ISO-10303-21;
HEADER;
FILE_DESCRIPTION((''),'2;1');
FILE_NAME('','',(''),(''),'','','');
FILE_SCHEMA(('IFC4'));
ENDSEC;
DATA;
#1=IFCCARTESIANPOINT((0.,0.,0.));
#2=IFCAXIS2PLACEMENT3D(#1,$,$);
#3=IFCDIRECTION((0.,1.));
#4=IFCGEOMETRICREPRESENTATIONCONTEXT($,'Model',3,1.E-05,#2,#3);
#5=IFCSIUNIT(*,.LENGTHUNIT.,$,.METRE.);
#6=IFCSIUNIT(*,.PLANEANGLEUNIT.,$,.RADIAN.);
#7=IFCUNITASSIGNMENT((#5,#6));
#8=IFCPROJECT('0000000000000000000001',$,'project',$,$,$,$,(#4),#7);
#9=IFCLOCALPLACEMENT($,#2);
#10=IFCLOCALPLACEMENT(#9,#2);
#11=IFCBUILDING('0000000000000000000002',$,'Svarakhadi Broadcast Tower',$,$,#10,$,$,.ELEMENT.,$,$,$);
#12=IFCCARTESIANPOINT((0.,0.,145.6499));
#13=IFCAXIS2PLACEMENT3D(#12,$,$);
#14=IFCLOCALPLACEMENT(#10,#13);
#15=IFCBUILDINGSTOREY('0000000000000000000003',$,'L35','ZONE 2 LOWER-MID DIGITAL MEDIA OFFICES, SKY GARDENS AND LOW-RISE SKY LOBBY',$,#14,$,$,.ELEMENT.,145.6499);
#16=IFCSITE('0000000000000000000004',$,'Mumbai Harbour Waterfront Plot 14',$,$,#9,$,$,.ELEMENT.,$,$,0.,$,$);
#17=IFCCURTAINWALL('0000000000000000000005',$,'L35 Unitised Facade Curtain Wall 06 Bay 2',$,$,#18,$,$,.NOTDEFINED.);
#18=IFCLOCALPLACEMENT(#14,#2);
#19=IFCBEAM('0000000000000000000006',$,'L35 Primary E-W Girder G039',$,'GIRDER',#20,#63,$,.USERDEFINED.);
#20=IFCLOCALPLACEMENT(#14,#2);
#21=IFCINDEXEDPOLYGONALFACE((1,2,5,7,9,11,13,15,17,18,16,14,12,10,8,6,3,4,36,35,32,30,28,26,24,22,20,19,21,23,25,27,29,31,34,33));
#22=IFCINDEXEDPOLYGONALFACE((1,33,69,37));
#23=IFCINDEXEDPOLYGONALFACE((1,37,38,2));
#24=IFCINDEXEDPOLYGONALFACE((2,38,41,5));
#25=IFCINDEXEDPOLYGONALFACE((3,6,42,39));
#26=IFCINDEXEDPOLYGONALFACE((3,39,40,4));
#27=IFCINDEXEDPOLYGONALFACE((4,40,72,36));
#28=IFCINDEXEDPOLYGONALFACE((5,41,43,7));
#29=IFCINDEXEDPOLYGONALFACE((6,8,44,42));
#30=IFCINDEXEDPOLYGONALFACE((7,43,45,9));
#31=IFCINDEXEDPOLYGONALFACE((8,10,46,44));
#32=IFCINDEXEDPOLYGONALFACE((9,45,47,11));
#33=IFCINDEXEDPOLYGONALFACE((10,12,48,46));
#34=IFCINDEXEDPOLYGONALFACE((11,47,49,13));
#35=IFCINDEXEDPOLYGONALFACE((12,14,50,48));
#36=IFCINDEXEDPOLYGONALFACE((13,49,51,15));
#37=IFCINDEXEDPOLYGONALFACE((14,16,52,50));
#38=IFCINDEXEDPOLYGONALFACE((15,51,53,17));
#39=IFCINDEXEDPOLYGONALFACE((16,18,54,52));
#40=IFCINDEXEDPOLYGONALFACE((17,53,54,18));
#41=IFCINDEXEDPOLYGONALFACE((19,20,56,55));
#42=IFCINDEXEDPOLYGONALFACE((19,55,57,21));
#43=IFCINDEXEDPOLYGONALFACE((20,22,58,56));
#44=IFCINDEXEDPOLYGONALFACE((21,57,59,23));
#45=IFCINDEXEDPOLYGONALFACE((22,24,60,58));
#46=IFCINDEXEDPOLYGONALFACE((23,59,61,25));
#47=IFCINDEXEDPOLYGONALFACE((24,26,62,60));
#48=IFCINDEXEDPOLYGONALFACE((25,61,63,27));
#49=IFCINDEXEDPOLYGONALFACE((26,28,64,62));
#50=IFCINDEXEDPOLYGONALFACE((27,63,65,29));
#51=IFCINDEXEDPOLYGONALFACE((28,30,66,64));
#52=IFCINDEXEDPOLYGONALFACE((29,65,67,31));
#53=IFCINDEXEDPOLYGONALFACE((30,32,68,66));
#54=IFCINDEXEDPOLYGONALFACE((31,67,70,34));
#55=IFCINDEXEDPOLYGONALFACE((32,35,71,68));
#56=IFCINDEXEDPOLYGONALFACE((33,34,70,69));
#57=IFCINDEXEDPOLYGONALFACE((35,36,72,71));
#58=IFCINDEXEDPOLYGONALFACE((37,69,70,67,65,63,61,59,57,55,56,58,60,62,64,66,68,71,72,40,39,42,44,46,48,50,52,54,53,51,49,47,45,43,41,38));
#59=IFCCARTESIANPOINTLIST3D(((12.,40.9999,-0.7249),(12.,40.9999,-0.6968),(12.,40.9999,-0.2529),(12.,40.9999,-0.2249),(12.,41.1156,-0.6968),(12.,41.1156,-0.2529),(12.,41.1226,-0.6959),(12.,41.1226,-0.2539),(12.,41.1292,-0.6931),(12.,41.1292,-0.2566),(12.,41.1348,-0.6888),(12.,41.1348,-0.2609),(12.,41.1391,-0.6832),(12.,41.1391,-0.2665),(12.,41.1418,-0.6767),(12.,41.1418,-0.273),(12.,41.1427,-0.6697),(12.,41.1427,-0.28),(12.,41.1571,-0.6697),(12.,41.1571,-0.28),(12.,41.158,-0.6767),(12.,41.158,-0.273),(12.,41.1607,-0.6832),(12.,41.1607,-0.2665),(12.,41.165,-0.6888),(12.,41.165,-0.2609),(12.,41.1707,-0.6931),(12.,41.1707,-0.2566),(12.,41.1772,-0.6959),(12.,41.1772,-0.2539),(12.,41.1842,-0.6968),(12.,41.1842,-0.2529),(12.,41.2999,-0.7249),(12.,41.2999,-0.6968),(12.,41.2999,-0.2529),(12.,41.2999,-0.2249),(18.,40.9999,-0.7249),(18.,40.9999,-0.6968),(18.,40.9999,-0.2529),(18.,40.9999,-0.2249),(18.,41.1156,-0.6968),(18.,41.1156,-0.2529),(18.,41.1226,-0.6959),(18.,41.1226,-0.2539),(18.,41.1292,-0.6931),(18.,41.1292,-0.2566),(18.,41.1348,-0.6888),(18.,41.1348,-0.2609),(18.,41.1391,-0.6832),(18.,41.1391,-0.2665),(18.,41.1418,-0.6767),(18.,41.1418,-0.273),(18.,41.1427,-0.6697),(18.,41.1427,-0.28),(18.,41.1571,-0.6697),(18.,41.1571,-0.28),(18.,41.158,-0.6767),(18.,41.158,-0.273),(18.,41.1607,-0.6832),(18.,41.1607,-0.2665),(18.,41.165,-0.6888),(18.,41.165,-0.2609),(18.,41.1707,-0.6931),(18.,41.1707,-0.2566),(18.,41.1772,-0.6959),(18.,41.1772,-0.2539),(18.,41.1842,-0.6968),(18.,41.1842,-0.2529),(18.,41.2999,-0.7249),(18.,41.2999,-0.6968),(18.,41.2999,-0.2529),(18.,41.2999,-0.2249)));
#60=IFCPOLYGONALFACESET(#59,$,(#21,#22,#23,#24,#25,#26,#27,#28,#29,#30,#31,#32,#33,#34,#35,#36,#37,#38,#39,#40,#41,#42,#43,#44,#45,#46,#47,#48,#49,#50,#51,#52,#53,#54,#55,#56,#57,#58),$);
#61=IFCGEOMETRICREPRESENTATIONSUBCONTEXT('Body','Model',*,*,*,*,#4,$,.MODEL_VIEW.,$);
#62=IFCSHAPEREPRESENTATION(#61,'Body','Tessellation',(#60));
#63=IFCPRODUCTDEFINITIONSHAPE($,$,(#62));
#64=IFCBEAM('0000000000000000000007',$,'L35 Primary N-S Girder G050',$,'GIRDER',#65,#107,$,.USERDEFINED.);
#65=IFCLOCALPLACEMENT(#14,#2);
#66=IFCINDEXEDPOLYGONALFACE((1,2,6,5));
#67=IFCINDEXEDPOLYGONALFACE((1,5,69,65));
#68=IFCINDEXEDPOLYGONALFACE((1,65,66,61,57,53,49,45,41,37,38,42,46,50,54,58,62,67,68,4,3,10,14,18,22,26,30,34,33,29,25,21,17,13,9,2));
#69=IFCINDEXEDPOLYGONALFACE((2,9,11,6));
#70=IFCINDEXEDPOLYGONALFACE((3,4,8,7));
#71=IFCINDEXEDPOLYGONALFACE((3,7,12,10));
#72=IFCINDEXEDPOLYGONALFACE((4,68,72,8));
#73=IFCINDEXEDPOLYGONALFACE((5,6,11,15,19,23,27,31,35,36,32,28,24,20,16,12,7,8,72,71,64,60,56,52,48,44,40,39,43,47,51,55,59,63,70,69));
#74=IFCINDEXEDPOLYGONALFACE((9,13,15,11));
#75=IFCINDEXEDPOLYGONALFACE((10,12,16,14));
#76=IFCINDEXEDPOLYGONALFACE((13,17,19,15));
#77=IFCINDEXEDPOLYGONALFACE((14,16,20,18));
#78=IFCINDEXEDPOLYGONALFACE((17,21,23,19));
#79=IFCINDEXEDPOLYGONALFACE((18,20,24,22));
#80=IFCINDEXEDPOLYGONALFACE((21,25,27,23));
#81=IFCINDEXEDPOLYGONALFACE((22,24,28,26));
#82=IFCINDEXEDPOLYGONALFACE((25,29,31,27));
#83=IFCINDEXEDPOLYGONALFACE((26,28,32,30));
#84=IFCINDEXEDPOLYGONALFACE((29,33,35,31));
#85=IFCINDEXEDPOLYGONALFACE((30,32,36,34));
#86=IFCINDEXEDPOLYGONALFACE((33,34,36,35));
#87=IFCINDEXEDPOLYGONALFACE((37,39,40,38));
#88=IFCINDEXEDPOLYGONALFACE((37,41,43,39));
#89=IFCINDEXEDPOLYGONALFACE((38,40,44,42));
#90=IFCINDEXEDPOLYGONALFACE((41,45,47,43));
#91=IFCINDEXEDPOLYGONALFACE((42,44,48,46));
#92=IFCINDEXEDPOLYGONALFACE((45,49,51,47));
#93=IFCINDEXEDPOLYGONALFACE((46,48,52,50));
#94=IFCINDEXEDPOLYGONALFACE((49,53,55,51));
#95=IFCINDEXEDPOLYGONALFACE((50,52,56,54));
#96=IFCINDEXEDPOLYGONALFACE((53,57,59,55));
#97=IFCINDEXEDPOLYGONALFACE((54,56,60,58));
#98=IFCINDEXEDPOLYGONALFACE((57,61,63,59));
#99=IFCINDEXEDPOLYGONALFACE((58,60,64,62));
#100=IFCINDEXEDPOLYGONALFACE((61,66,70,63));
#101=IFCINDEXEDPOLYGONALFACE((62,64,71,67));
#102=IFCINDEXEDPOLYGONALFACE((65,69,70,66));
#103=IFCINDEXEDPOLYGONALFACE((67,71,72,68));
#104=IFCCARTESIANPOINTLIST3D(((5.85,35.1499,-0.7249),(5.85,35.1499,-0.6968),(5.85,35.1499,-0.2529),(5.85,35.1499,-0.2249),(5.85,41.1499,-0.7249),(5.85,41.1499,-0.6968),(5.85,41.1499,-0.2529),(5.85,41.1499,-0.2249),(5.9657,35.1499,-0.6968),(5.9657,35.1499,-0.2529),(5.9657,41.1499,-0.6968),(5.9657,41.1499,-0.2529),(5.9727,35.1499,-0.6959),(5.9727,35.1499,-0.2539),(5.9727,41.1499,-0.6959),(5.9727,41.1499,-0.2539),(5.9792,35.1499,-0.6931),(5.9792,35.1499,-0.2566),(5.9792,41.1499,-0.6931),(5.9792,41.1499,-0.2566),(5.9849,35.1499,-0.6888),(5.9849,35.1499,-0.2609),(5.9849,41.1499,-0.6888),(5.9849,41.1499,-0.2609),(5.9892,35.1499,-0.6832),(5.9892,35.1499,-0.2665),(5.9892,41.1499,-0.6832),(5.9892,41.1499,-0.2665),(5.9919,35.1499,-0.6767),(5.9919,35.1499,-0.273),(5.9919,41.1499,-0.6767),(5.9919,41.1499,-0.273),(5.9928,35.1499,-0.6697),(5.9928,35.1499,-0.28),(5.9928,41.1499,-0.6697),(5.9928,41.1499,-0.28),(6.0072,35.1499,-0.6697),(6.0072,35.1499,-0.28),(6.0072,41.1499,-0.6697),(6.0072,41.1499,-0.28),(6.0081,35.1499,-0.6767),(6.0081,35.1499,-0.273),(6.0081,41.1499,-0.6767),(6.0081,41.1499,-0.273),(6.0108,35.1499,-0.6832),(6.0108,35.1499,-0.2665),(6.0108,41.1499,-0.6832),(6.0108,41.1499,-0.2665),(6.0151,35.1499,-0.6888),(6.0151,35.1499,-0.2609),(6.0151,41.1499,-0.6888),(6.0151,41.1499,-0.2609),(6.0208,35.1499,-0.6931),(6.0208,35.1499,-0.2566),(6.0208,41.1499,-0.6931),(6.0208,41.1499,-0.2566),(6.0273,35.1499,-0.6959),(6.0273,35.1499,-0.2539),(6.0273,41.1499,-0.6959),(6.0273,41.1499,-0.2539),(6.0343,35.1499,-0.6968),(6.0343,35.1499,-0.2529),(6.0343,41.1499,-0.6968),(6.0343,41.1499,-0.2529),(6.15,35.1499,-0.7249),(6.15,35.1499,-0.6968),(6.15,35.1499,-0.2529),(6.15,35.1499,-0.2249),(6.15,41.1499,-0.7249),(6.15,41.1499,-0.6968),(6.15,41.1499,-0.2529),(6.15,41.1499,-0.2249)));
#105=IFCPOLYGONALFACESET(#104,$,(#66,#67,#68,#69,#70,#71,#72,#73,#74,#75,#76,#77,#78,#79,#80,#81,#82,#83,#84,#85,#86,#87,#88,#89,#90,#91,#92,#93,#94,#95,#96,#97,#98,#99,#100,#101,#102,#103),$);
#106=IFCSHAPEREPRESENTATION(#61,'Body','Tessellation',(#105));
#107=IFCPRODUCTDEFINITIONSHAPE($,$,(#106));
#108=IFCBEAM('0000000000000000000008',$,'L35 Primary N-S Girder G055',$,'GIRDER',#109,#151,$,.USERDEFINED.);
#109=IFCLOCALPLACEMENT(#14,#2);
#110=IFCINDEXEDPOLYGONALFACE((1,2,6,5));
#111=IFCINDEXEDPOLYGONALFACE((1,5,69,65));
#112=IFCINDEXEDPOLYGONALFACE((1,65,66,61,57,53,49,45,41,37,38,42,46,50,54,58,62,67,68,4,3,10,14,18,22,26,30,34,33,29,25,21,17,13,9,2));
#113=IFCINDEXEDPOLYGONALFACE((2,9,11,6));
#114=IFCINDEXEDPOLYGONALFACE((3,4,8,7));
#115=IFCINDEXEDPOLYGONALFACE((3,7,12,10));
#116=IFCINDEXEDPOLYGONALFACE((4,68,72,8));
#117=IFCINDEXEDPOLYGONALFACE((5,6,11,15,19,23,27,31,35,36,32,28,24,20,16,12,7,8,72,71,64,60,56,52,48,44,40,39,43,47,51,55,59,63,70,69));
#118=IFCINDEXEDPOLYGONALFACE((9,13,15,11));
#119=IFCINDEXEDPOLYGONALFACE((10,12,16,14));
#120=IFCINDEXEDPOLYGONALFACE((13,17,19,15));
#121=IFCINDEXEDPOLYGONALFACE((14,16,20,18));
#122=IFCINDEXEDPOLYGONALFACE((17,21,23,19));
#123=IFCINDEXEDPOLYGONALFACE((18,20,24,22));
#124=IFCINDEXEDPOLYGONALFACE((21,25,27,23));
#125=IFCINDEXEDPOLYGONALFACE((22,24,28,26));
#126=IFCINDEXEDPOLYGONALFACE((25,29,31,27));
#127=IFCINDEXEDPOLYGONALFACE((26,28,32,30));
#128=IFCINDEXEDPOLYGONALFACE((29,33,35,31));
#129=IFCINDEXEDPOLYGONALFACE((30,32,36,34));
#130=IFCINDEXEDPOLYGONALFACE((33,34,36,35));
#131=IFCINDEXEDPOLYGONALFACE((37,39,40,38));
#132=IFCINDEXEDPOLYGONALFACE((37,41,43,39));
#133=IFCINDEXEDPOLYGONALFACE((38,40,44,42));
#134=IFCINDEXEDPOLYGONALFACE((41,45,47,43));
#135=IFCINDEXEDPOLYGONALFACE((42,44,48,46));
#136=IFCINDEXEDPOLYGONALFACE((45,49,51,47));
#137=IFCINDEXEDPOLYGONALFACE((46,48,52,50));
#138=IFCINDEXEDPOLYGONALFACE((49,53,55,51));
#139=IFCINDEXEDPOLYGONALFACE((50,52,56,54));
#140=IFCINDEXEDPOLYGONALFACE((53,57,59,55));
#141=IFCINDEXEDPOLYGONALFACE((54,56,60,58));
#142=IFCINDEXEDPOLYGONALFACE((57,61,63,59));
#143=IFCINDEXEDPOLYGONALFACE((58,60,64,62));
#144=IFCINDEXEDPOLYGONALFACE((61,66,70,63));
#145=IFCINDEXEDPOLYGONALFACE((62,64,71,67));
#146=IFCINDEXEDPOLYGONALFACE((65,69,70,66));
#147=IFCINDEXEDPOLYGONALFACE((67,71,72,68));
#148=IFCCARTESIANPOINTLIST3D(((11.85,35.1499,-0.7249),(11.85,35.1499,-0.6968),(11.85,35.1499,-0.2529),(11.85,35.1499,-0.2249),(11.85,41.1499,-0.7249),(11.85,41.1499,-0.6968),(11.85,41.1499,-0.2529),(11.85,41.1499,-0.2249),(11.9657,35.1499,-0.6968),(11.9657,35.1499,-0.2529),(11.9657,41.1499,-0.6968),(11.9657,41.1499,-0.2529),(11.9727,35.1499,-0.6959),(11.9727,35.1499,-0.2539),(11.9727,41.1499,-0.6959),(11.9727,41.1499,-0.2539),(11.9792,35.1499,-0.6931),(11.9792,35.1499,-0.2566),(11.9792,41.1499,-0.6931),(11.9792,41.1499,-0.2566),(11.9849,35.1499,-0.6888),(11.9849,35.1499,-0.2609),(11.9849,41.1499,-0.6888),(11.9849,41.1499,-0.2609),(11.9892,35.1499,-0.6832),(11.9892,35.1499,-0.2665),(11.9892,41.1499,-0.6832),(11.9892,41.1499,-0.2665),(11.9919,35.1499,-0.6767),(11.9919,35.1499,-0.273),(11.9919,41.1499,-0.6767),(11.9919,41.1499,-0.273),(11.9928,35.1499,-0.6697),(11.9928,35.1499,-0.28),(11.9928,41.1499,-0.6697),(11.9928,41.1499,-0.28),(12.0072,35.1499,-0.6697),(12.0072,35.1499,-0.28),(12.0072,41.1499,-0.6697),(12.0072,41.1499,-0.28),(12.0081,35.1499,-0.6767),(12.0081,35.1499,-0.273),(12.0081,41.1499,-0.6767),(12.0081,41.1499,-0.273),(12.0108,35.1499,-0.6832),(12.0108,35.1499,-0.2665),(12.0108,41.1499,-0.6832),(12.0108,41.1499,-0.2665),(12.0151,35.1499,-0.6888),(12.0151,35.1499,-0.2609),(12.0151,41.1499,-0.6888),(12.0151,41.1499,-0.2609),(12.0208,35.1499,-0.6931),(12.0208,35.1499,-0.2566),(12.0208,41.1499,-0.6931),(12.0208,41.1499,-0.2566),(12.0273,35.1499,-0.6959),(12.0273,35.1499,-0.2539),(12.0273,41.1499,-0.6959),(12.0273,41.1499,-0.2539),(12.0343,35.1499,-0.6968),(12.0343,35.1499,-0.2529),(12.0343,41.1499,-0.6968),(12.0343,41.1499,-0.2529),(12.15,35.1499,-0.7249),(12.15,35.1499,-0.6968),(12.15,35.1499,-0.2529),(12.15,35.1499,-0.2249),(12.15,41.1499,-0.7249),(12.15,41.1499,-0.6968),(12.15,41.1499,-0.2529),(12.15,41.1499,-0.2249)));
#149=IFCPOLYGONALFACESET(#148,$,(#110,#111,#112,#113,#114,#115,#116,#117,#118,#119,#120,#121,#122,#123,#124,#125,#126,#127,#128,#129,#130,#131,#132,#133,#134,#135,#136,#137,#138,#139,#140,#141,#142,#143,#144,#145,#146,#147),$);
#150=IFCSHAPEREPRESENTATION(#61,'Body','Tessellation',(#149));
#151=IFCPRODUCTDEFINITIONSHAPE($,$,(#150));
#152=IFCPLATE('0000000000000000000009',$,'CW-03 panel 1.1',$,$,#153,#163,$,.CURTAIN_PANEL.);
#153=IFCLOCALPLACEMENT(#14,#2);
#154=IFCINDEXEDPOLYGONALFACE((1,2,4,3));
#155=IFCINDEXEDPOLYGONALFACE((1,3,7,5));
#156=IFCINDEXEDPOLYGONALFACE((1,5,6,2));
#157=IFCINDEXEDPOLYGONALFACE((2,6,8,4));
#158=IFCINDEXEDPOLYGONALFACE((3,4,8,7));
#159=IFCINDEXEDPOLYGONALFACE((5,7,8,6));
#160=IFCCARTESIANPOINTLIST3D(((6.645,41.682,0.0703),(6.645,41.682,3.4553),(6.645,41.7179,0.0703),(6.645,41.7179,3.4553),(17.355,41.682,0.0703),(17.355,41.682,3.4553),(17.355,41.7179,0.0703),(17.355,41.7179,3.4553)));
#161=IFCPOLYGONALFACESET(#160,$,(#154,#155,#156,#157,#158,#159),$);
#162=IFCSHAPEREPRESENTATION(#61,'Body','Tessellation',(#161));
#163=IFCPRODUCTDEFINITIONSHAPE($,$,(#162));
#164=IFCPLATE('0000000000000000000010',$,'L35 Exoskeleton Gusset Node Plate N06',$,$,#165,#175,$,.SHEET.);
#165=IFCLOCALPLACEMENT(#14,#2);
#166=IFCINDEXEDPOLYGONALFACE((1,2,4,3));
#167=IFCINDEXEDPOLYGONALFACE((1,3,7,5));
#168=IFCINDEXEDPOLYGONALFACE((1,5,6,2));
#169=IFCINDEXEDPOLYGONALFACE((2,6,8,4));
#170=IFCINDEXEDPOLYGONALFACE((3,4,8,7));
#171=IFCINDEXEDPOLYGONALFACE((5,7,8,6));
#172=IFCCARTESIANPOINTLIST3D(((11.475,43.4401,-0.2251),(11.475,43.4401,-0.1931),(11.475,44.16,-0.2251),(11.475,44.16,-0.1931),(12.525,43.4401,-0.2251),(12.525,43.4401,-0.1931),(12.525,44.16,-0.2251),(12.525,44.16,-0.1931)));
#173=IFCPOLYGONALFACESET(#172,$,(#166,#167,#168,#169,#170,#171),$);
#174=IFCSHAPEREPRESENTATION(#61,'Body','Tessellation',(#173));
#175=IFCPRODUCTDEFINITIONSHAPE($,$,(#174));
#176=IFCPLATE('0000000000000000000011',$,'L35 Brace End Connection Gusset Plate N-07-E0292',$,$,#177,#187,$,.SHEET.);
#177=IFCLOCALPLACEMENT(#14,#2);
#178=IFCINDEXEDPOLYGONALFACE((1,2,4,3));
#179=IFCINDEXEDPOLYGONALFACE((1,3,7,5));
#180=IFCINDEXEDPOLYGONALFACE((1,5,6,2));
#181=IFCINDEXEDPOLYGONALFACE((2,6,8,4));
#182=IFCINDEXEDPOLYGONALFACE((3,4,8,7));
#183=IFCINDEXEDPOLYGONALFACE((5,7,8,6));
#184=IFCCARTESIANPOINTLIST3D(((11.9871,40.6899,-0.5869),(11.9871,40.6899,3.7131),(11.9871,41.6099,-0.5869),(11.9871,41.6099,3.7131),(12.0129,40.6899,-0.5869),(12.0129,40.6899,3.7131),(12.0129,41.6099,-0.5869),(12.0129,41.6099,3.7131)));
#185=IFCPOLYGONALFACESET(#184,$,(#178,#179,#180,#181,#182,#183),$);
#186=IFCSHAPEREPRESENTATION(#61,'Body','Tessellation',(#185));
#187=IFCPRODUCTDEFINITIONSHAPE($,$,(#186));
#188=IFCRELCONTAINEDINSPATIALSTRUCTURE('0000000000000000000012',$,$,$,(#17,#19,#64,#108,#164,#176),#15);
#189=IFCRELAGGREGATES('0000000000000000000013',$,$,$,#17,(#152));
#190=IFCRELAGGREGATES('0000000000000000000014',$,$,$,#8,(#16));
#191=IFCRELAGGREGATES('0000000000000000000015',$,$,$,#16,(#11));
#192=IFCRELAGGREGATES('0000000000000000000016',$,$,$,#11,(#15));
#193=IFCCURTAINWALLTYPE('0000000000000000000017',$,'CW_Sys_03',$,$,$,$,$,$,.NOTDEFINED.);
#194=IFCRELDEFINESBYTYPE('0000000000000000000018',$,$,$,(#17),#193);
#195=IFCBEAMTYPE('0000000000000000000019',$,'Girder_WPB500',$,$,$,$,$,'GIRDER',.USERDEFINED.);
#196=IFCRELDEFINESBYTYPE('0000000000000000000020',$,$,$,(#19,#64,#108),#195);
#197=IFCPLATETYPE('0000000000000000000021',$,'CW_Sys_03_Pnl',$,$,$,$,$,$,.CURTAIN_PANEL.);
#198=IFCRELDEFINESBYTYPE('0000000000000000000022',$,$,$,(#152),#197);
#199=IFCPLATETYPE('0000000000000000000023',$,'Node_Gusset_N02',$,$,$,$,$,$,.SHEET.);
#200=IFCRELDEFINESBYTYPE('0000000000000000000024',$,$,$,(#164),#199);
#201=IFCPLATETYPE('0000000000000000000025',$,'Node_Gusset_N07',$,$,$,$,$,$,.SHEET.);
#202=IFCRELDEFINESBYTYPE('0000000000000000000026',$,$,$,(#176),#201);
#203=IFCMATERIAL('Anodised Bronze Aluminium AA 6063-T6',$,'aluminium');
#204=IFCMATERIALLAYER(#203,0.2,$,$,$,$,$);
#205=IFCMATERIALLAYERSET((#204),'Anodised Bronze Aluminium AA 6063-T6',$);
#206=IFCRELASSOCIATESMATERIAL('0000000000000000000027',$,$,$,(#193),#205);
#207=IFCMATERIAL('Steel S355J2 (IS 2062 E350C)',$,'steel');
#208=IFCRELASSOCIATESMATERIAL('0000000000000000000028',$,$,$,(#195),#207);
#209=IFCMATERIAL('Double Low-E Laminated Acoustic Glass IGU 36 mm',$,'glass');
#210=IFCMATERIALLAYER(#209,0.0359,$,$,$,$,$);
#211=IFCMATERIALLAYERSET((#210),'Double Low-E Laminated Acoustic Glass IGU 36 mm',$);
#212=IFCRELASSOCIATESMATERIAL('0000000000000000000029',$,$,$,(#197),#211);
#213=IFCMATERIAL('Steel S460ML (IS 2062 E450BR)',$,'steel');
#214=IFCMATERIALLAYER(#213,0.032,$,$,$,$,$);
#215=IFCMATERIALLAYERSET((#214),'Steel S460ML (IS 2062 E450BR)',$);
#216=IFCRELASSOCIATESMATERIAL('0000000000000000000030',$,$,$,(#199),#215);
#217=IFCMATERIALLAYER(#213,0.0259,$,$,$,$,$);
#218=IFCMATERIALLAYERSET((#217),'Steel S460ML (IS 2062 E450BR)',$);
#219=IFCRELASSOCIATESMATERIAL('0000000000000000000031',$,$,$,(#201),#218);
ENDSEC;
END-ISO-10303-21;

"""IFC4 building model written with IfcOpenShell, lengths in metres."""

from ifc_helpers import new_model, si_unit, direction, frame, origin, origin_2d, place, context, subcontext, project, spatial, rectangle, i_section, extrude, material, layer, layer_set, material_profile, profile_set, type_object, element, aggregate, save


model = new_model("IFC4")

# Units and contexts
model_context = context("Model", 3, precision=1e-05, world=origin(), true_north=direction((0.0, 1.0)))
body_context = subcontext(model_context, "Body", "Model", "MODEL_VIEW")
ifc_project = project(units=[si_unit("LENGTHUNIT", "METRE"), si_unit("PLANEANGLEUNIT", "RADIAN")], contexts=[model_context])

# Site, building, storey
site_placement = place(None, origin())
site = spatial("IfcSite", under=ifc_project, at=site_placement, Name="Mumbai Harbour Waterfront Plot 14", CompositionType="ELEMENT", RefElevation=0.0)
building_placement = place(site_placement, origin())
building = spatial("IfcBuilding", under=site, at=building_placement, Name="Svarakhadi Broadcast Tower", CompositionType="ELEMENT")
storey_placement = place(building_placement, frame((0.0, 0.0, 145.6499)))
storey = spatial("IfcBuildingStorey", under=building, at=storey_placement, Name="L35", Description="ZONE 2 LOWER-MID DIGITAL MEDIA OFFICES, SKY GARDENS AND LOW-RISE SKY LOBBY", CompositionType="ELEMENT", Elevation=145.6499)

# Shared definitions
ifc_material_1 = material(Name="Steel S460ML (IS 2062 E450BR)", Category="steel")

# Shared definitions
ifc_material_2 = material(Name="Steel S355J2 (IS 2062 E350C)", Category="steel")

# Shared definitions
ifc_material_3 = material(Name="Anodised Bronze Aluminium AA 6063-T6", Category="aluminium")
ifc_layer_1 = layer(ifc_material_3, 0.2)
ifc_layer_set_1 = layer_set([ifc_layer_1], Name="Anodised Bronze Aluminium AA 6063-T6")
curtain_wall_type = type_object("IfcCurtainWallType", Name="CW_Sys_03", PredefinedType="NOTDEFINED", material=ifc_layer_set_1)

# Curtain wall
curtain_wall_1_placement = place(storey_placement, origin())
curtain_wall_1 = element("IfcCurtainWall", 1, at=curtain_wall_1_placement, inside=storey, type_object=curtain_wall_type, Name="L35 Unitised Facade Curtain Wall 06 Bay 2", PredefinedType="NOTDEFINED")

# Beams
ifc_material_profile_1 = material_profile(ifc_material_2, i_section(OverallWidth=0.3, OverallDepth=0.5, WebThickness=0.0144, FlangeThickness=0.0281, FilletRadius=0.0271, at=origin_2d()), Name="WPB 500x300x187")
ifc_profile_set_1 = profile_set([ifc_material_profile_1], Name="Steel S355J2 (IS 2062 E350C)")
beam_type_1 = type_object("IfcBeamType", Name="Girder_WPB500", ElementType="GIRDER", PredefinedType="USERDEFINED", material=ifc_profile_set_1)
for number, where, z_axis, x_axis, name in (
    (2, (12.0, 41.1499, -0.4749), (1.0, 0.0, 0.0), (0.0, 1.0, 0.0), "L35 Primary E-W Girder G039"),
    (3, (6.0, 35.1499, -0.4749), (0.0, 1.0, 0.0), (-1.0, 0.0, 0.0), "L35 Primary N-S Girder G050"),
    (4, (12.0, 35.1499, -0.4749), (0.0, 1.0, 0.0), (-1.0, 0.0, 0.0), "L35 Primary N-S Girder G055"),
):
    element("IfcBeam", number, at=place(storey_placement, frame(where, z_axis=z_axis, x_axis=x_axis)), inside=storey, type_object=beam_type_1, Name=name, ObjectType="GIRDER", PredefinedType="USERDEFINED", context=body_context, shape_type="SweptSolid", body=[
        extrude(i_section(OverallWidth=0.3, OverallDepth=0.5, WebThickness=0.0144, FlangeThickness=0.0281, FilletRadius=0.0271, at=origin_2d()), origin(), (0.0, 0.0, 1.0), 6.0),
    ])

# Plate
ifc_material_4 = material(Name="Double Low-E Laminated Acoustic Glass IGU 36 mm", Category="glass")
ifc_layer_2 = layer(ifc_material_4, 0.0359)
ifc_layer_set_2 = layer_set([ifc_layer_2], Name="Double Low-E Laminated Acoustic Glass IGU 36 mm")
plate_type_1 = type_object("IfcPlateType", Name="CW_Sys_03_Pnl", PredefinedType="CURTAIN_PANEL", material=ifc_layer_set_2)
plate_1_placement = place(storey_placement, frame((12.0, 41.7, 0.0703), z_axis=(0.0, 0.0, 1.0), x_axis=(1.0, 0.0, 0.0)))
plate_1 = element("IfcPlate", 5, at=plate_1_placement, type_object=plate_type_1, Name="CW-03 panel 1.1", PredefinedType="CURTAIN_PANEL", context=body_context, shape_type="SweptSolid", body=[
    extrude(rectangle(XDim=10.71, YDim=0.0359, at=origin_2d()), origin(), (0.0, 0.0, 1.0), 3.385),
])
aggregate(curtain_wall_1, [plate_1])

# Plates
ifc_layer_3 = layer(ifc_material_1, 0.032)
ifc_layer_set_3 = layer_set([ifc_layer_3], Name="Steel S460ML (IS 2062 E450BR)")
plate_type_2 = type_object("IfcPlateType", Name="Node_Gusset_N02", PredefinedType="SHEET", material=ifc_layer_set_3)
plate_2_placement = place(storey_placement, frame((12.0, 43.8, -0.2251), z_axis=(0.0, 0.0, 1.0), x_axis=(1.0, 0.0, 0.0)))
element("IfcPlate", 6, at=plate_2_placement, inside=storey, type_object=plate_type_2, Name="L35 Exoskeleton Gusset Node Plate N06", PredefinedType="SHEET", context=body_context, shape_type="SweptSolid", body=[
    extrude(rectangle(XDim=1.05, YDim=0.72, at=origin_2d()), origin(), (0.0, 0.0, 1.0), 0.032),
])
ifc_layer_4 = layer(ifc_material_1, 0.0259)
ifc_layer_set_4 = layer_set([ifc_layer_4], Name="Steel S460ML (IS 2062 E450BR)")
plate_type_3 = type_object("IfcPlateType", Name="Node_Gusset_N07", PredefinedType="SHEET", material=ifc_layer_set_4)
plate_3_placement = place(storey_placement, frame((12.0, 41.1499, -0.5869), z_axis=(0.0, 0.0, 1.0), x_axis=(0.0, 1.0, 0.0)))
element("IfcPlate", 7, at=plate_3_placement, inside=storey, type_object=plate_type_3, Name="L35 Brace End Connection Gusset Plate N-07-E0292", PredefinedType="SHEET", context=body_context, shape_type="SweptSolid", body=[
    extrude(rectangle(XDim=0.9199, YDim=0.0259, at=origin_2d()), origin(), (0.0, 0.0, 1.0), 4.3),
])

save(model, "model.ifc")
